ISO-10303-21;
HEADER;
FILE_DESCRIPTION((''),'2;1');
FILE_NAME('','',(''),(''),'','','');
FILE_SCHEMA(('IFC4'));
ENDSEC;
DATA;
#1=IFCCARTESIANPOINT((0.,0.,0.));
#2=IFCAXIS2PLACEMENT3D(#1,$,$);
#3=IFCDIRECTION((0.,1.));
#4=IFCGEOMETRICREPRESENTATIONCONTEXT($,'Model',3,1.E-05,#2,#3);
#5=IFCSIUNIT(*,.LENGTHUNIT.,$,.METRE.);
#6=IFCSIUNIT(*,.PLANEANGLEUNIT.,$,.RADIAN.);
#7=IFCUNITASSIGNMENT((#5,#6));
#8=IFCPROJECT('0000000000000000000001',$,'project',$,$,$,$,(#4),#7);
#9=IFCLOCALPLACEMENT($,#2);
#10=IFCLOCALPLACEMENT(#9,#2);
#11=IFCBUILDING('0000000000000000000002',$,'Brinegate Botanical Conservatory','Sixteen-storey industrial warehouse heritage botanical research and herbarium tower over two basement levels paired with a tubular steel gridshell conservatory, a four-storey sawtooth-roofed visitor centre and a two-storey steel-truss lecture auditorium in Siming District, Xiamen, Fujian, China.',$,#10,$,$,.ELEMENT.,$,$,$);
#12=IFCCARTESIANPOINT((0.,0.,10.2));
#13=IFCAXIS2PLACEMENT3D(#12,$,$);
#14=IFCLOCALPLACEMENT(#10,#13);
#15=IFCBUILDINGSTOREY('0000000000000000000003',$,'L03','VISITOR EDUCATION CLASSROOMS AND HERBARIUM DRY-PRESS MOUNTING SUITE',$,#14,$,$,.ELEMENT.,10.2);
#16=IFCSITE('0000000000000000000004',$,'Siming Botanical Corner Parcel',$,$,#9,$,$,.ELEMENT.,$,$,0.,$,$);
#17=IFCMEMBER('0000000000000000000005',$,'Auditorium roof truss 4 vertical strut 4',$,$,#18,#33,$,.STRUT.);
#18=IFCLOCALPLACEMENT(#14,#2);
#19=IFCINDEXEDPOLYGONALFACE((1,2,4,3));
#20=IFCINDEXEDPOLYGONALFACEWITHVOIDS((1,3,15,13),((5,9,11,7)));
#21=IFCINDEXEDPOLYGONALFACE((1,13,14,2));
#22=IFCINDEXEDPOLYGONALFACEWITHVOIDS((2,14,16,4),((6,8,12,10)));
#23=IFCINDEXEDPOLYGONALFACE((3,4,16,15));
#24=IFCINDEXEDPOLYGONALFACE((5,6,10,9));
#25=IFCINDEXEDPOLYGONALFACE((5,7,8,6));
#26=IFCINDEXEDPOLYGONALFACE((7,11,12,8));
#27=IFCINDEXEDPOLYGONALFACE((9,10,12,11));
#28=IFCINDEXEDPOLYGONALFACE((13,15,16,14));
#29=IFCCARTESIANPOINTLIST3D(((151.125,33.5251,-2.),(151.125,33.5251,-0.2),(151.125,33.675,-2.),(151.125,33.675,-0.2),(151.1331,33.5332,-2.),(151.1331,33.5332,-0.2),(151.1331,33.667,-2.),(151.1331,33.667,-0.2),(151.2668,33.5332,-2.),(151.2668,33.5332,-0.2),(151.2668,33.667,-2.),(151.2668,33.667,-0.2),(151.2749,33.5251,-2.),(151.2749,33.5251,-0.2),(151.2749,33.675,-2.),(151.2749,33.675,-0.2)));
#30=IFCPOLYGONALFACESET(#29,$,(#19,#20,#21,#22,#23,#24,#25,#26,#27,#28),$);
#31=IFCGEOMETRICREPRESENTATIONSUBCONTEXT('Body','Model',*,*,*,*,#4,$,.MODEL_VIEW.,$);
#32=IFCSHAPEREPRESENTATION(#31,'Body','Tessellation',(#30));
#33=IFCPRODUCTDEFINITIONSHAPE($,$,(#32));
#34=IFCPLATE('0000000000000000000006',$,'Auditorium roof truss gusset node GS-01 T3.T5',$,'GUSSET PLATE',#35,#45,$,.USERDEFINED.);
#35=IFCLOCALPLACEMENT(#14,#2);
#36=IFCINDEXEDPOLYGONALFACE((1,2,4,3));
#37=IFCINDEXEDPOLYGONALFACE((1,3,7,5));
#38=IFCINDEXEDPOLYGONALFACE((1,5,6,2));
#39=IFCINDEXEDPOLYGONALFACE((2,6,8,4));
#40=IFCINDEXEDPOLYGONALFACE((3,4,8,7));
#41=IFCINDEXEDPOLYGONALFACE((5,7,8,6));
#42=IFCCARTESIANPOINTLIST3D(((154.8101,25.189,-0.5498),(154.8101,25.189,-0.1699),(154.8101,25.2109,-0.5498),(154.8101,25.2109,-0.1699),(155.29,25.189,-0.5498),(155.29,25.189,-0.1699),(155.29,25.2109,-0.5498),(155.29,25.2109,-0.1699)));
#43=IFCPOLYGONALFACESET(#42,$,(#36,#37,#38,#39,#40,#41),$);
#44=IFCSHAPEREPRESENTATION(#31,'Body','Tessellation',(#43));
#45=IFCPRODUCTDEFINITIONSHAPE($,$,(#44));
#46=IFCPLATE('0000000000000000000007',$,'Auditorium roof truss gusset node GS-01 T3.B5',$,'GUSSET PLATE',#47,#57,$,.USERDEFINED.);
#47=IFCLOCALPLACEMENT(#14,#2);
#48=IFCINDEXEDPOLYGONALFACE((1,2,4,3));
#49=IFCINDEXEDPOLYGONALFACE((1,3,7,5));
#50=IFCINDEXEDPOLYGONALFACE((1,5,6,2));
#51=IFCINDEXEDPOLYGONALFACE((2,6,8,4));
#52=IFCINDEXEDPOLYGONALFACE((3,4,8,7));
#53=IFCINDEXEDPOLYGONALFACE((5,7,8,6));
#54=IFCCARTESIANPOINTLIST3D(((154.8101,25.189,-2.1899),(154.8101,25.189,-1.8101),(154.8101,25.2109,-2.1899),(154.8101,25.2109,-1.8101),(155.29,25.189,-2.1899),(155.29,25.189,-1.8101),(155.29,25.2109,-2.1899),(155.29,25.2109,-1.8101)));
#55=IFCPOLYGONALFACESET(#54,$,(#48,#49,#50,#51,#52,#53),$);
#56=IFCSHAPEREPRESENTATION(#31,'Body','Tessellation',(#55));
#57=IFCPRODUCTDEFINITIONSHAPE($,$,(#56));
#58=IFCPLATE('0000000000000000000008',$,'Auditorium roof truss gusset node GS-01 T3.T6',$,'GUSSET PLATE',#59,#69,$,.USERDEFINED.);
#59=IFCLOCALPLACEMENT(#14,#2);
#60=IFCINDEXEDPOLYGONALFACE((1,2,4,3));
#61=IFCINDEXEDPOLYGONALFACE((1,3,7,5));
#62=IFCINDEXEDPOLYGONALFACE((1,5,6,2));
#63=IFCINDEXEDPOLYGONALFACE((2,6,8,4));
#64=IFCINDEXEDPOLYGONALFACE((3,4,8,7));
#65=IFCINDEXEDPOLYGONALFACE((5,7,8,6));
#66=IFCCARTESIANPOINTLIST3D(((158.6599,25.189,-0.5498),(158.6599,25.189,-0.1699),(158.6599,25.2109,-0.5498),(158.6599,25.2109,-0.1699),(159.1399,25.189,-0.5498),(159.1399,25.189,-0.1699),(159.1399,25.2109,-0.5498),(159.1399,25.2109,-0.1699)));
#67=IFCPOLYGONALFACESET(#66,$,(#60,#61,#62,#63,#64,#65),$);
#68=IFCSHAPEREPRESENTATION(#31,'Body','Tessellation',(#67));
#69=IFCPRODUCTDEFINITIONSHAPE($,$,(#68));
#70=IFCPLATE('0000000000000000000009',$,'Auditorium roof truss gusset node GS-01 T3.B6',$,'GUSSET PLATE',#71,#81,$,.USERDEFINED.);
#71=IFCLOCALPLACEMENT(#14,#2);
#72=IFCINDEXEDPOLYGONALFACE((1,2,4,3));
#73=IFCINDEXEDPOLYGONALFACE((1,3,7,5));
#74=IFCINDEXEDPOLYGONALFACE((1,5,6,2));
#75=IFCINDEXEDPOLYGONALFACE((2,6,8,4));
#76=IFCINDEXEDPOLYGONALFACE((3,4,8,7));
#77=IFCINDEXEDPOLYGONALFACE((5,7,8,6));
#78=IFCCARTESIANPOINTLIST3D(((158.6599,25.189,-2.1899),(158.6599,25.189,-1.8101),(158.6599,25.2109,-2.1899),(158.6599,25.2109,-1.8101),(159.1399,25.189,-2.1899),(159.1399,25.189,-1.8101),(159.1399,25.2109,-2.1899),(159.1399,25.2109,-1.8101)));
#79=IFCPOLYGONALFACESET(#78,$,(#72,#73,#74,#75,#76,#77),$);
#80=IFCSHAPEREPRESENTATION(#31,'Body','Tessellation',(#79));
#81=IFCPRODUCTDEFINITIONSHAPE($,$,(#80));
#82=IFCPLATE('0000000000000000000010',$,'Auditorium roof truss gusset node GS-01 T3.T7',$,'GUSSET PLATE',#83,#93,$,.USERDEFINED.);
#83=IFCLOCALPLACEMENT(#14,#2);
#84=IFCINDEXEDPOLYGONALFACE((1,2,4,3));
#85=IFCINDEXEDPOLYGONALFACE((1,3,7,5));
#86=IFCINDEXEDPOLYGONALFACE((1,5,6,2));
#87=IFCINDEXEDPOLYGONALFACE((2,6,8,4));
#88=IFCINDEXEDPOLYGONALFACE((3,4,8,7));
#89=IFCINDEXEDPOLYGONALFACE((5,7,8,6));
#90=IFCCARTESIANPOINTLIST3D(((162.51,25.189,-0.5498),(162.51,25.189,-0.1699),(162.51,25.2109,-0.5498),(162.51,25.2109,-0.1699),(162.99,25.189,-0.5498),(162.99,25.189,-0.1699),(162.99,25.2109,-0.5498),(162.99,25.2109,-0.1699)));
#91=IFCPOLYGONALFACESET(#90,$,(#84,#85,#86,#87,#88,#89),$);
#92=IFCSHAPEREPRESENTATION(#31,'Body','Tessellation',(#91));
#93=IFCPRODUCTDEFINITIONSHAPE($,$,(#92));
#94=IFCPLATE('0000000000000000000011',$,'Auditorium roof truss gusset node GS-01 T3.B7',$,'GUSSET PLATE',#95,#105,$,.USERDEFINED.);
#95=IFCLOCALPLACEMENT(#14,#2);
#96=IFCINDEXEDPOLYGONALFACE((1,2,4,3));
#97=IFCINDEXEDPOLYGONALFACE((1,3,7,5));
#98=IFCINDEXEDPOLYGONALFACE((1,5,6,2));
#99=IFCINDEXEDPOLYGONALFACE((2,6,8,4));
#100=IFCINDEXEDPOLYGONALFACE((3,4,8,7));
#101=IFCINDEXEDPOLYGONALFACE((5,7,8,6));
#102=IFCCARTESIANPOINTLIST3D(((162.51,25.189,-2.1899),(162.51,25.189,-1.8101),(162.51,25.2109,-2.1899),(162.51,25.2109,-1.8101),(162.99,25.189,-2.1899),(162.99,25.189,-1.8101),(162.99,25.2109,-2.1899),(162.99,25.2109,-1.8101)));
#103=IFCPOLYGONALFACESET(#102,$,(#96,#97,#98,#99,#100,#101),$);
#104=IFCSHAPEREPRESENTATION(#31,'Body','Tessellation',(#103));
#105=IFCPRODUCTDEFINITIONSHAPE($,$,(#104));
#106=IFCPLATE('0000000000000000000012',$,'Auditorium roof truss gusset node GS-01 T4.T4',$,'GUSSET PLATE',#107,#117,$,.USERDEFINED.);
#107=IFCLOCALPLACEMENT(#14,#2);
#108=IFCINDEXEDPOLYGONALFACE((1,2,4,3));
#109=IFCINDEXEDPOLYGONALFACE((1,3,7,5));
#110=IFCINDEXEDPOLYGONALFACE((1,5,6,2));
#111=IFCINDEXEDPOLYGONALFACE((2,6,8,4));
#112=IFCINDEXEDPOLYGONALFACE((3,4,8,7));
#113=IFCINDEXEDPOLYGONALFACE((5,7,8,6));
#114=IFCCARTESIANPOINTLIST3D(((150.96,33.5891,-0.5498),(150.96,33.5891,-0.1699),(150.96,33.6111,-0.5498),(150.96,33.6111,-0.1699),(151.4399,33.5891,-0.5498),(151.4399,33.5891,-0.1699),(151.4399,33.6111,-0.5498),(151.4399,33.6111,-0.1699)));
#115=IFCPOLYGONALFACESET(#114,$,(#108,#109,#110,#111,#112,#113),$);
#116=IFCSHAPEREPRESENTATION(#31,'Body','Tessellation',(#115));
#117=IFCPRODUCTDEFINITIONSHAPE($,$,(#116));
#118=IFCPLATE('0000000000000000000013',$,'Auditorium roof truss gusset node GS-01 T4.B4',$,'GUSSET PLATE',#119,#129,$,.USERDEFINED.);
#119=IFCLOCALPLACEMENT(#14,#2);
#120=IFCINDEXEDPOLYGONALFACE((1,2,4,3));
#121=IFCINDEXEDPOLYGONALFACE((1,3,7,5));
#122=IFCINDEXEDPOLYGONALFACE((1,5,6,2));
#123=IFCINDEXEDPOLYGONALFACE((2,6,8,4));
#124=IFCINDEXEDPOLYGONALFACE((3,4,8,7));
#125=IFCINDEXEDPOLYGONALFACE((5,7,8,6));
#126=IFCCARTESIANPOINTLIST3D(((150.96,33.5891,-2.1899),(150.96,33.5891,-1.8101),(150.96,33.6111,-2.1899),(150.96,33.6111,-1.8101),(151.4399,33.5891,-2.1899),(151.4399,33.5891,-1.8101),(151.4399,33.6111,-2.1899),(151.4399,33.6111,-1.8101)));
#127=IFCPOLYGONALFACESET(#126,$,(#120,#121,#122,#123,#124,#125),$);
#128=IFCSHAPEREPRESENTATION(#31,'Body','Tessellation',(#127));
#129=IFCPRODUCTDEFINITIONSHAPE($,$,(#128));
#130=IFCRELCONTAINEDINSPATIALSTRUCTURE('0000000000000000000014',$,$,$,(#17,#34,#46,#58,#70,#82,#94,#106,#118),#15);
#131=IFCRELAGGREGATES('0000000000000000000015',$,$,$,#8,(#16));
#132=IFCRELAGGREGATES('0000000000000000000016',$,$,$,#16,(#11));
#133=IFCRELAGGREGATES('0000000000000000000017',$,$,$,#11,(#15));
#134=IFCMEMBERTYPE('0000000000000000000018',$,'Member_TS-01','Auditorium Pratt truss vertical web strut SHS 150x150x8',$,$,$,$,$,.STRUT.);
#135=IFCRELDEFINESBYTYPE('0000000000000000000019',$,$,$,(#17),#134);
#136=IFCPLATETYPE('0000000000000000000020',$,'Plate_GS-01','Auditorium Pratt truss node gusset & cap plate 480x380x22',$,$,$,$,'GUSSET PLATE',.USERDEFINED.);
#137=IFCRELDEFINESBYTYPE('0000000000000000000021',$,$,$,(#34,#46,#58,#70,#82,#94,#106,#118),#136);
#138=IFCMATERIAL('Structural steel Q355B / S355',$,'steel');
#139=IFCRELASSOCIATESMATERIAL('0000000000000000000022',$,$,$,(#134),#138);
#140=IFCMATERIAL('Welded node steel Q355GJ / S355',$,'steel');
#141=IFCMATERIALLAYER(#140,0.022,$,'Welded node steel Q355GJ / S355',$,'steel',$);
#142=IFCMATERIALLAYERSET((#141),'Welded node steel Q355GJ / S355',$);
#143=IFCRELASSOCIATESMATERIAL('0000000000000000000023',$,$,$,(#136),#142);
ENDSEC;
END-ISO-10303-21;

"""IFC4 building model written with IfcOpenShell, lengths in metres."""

from ifc_helpers import new_model, si_unit, direction, frame, origin, origin_2d, place, context, subcontext, project, spatial, rectangle, hollow_rectangle, extrude, material, layer, layer_set, material_profile, profile_set, type_object, element, save


model = new_model("IFC4")

# Units and contexts
model_context = context("Model", 3, precision=1e-05, world=origin(), true_north=direction((0.0, 1.0)))
body_context = subcontext(model_context, "Body", "Model", "MODEL_VIEW")
ifc_project = project(units=[si_unit("LENGTHUNIT", "METRE"), si_unit("PLANEANGLEUNIT", "RADIAN")], contexts=[model_context])

# Site, building, storey
site_placement = place(None, origin())
site = spatial("IfcSite", under=ifc_project, at=site_placement, Name="Siming Botanical Corner Parcel", CompositionType="ELEMENT", RefElevation=0.0)
building_placement = place(site_placement, origin())
building = spatial("IfcBuilding", under=site, at=building_placement, Name="Brinegate Botanical Conservatory", Description="Sixteen-storey industrial warehouse heritage botanical research and herbarium tower over two basement levels paired with a tubular steel gridshell conservatory, a four-storey sawtooth-roofed visitor centre and a two-storey steel-truss lecture auditorium in Siming District, Xiamen, Fujian, China.", CompositionType="ELEMENT")
storey_placement = place(building_placement, frame((0.0, 0.0, 10.2)))
storey = spatial("IfcBuildingStorey", under=building, at=storey_placement, Name="L03", Description="VISITOR EDUCATION CLASSROOMS AND HERBARIUM DRY-PRESS MOUNTING SUITE", CompositionType="ELEMENT", Elevation=10.2)

# Member
ifc_material_1 = material(Name="Structural steel Q355B / S355", Category="steel")
ifc_material_profile_1 = material_profile(ifc_material_1, hollow_rectangle(XDim=0.1499, YDim=0.1499, WallThickness=0.0081, at=origin_2d()), Name="SHS 150x150x8")
ifc_profile_set_1 = profile_set([ifc_material_profile_1], Name="Structural steel Q355B / S355")
member_type_1 = type_object("IfcMemberType", Name="Member_TS-01", Description="Auditorium Pratt truss vertical web strut SHS 150x150x8", PredefinedType="STRUT", material=ifc_profile_set_1)
member_1_placement = place(storey_placement, frame((151.2, 33.6001, -2.0), z_axis=(0.0, 0.0, 1.0), x_axis=(1.0, 0.0, 0.0)))
element("IfcMember", 1, at=member_1_placement, inside=storey, type_object=member_type_1, Name="Auditorium roof truss 4 vertical strut 4", PredefinedType="STRUT", context=body_context, shape_type="SweptSolid", body=[
    extrude(hollow_rectangle(XDim=0.1499, YDim=0.1499, WallThickness=0.0081, at=origin_2d()), origin(), (0.0, 0.0, 1.0), 1.8),
])

# Plates
ifc_material_2 = material(Name="Welded node steel Q355GJ / S355", Category="steel")
ifc_layer = layer(ifc_material_2, 0.022, Name="Welded node steel Q355GJ / S355", Category="steel")
ifc_layer_set = layer_set([ifc_layer], Name="Welded node steel Q355GJ / S355")
plate_type = type_object("IfcPlateType", Name="Plate_GS-01", Description="Auditorium Pratt truss node gusset & cap plate 480x380x22", ElementType="GUSSET PLATE", PredefinedType="USERDEFINED", material=ifc_layer_set)
for number, where, z_axis, x_axis, name in (
    (2, (155.05, 25.2, -0.5498), (0.0, 0.0, 1.0), (1.0, 0.0, 0.0), "Auditorium roof truss gusset node GS-01 T3.T5"),
    (3, (155.05, 25.2, -2.1899), (0.0, 0.0, 1.0), (1.0, 0.0, 0.0), "Auditorium roof truss gusset node GS-01 T3.B5"),
    (4, (158.8999, 25.2, -0.5498), (0.0, 0.0, 1.0), (1.0, 0.0, 0.0), "Auditorium roof truss gusset node GS-01 T3.T6"),
    (5, (158.8999, 25.2, -2.1899), (0.0, 0.0, 1.0), (1.0, 0.0, 0.0), "Auditorium roof truss gusset node GS-01 T3.B6"),
    (6, (162.75, 25.2, -0.5498), (0.0, 0.0, 1.0), (1.0, 0.0, 0.0), "Auditorium roof truss gusset node GS-01 T3.T7"),
    (7, (162.75, 25.2, -2.1899), (0.0, 0.0, 1.0), (1.0, 0.0, 0.0), "Auditorium roof truss gusset node GS-01 T3.B7"),
    (8, (151.2, 33.6001, -0.5498), (0.0, 0.0, 1.0), (1.0, 0.0, 0.0), "Auditorium roof truss gusset node GS-01 T4.T4"),
    (9, (151.2, 33.6001, -2.1899), (0.0, 0.0, 1.0), (1.0, 0.0, 0.0), "Auditorium roof truss gusset node GS-01 T4.B4"),
):
    element("IfcPlate", number, at=place(storey_placement, frame(where, z_axis=z_axis, x_axis=x_axis)), inside=storey, type_object=plate_type, Name=name, ObjectType="GUSSET PLATE", PredefinedType="USERDEFINED", context=body_context, shape_type="SweptSolid", body=[
        extrude(rectangle(XDim=0.48, YDim=0.022, at=origin_2d()), origin(), (0.0, 0.0, 1.0), 0.3799),
    ])

save(model, "model.ifc")
